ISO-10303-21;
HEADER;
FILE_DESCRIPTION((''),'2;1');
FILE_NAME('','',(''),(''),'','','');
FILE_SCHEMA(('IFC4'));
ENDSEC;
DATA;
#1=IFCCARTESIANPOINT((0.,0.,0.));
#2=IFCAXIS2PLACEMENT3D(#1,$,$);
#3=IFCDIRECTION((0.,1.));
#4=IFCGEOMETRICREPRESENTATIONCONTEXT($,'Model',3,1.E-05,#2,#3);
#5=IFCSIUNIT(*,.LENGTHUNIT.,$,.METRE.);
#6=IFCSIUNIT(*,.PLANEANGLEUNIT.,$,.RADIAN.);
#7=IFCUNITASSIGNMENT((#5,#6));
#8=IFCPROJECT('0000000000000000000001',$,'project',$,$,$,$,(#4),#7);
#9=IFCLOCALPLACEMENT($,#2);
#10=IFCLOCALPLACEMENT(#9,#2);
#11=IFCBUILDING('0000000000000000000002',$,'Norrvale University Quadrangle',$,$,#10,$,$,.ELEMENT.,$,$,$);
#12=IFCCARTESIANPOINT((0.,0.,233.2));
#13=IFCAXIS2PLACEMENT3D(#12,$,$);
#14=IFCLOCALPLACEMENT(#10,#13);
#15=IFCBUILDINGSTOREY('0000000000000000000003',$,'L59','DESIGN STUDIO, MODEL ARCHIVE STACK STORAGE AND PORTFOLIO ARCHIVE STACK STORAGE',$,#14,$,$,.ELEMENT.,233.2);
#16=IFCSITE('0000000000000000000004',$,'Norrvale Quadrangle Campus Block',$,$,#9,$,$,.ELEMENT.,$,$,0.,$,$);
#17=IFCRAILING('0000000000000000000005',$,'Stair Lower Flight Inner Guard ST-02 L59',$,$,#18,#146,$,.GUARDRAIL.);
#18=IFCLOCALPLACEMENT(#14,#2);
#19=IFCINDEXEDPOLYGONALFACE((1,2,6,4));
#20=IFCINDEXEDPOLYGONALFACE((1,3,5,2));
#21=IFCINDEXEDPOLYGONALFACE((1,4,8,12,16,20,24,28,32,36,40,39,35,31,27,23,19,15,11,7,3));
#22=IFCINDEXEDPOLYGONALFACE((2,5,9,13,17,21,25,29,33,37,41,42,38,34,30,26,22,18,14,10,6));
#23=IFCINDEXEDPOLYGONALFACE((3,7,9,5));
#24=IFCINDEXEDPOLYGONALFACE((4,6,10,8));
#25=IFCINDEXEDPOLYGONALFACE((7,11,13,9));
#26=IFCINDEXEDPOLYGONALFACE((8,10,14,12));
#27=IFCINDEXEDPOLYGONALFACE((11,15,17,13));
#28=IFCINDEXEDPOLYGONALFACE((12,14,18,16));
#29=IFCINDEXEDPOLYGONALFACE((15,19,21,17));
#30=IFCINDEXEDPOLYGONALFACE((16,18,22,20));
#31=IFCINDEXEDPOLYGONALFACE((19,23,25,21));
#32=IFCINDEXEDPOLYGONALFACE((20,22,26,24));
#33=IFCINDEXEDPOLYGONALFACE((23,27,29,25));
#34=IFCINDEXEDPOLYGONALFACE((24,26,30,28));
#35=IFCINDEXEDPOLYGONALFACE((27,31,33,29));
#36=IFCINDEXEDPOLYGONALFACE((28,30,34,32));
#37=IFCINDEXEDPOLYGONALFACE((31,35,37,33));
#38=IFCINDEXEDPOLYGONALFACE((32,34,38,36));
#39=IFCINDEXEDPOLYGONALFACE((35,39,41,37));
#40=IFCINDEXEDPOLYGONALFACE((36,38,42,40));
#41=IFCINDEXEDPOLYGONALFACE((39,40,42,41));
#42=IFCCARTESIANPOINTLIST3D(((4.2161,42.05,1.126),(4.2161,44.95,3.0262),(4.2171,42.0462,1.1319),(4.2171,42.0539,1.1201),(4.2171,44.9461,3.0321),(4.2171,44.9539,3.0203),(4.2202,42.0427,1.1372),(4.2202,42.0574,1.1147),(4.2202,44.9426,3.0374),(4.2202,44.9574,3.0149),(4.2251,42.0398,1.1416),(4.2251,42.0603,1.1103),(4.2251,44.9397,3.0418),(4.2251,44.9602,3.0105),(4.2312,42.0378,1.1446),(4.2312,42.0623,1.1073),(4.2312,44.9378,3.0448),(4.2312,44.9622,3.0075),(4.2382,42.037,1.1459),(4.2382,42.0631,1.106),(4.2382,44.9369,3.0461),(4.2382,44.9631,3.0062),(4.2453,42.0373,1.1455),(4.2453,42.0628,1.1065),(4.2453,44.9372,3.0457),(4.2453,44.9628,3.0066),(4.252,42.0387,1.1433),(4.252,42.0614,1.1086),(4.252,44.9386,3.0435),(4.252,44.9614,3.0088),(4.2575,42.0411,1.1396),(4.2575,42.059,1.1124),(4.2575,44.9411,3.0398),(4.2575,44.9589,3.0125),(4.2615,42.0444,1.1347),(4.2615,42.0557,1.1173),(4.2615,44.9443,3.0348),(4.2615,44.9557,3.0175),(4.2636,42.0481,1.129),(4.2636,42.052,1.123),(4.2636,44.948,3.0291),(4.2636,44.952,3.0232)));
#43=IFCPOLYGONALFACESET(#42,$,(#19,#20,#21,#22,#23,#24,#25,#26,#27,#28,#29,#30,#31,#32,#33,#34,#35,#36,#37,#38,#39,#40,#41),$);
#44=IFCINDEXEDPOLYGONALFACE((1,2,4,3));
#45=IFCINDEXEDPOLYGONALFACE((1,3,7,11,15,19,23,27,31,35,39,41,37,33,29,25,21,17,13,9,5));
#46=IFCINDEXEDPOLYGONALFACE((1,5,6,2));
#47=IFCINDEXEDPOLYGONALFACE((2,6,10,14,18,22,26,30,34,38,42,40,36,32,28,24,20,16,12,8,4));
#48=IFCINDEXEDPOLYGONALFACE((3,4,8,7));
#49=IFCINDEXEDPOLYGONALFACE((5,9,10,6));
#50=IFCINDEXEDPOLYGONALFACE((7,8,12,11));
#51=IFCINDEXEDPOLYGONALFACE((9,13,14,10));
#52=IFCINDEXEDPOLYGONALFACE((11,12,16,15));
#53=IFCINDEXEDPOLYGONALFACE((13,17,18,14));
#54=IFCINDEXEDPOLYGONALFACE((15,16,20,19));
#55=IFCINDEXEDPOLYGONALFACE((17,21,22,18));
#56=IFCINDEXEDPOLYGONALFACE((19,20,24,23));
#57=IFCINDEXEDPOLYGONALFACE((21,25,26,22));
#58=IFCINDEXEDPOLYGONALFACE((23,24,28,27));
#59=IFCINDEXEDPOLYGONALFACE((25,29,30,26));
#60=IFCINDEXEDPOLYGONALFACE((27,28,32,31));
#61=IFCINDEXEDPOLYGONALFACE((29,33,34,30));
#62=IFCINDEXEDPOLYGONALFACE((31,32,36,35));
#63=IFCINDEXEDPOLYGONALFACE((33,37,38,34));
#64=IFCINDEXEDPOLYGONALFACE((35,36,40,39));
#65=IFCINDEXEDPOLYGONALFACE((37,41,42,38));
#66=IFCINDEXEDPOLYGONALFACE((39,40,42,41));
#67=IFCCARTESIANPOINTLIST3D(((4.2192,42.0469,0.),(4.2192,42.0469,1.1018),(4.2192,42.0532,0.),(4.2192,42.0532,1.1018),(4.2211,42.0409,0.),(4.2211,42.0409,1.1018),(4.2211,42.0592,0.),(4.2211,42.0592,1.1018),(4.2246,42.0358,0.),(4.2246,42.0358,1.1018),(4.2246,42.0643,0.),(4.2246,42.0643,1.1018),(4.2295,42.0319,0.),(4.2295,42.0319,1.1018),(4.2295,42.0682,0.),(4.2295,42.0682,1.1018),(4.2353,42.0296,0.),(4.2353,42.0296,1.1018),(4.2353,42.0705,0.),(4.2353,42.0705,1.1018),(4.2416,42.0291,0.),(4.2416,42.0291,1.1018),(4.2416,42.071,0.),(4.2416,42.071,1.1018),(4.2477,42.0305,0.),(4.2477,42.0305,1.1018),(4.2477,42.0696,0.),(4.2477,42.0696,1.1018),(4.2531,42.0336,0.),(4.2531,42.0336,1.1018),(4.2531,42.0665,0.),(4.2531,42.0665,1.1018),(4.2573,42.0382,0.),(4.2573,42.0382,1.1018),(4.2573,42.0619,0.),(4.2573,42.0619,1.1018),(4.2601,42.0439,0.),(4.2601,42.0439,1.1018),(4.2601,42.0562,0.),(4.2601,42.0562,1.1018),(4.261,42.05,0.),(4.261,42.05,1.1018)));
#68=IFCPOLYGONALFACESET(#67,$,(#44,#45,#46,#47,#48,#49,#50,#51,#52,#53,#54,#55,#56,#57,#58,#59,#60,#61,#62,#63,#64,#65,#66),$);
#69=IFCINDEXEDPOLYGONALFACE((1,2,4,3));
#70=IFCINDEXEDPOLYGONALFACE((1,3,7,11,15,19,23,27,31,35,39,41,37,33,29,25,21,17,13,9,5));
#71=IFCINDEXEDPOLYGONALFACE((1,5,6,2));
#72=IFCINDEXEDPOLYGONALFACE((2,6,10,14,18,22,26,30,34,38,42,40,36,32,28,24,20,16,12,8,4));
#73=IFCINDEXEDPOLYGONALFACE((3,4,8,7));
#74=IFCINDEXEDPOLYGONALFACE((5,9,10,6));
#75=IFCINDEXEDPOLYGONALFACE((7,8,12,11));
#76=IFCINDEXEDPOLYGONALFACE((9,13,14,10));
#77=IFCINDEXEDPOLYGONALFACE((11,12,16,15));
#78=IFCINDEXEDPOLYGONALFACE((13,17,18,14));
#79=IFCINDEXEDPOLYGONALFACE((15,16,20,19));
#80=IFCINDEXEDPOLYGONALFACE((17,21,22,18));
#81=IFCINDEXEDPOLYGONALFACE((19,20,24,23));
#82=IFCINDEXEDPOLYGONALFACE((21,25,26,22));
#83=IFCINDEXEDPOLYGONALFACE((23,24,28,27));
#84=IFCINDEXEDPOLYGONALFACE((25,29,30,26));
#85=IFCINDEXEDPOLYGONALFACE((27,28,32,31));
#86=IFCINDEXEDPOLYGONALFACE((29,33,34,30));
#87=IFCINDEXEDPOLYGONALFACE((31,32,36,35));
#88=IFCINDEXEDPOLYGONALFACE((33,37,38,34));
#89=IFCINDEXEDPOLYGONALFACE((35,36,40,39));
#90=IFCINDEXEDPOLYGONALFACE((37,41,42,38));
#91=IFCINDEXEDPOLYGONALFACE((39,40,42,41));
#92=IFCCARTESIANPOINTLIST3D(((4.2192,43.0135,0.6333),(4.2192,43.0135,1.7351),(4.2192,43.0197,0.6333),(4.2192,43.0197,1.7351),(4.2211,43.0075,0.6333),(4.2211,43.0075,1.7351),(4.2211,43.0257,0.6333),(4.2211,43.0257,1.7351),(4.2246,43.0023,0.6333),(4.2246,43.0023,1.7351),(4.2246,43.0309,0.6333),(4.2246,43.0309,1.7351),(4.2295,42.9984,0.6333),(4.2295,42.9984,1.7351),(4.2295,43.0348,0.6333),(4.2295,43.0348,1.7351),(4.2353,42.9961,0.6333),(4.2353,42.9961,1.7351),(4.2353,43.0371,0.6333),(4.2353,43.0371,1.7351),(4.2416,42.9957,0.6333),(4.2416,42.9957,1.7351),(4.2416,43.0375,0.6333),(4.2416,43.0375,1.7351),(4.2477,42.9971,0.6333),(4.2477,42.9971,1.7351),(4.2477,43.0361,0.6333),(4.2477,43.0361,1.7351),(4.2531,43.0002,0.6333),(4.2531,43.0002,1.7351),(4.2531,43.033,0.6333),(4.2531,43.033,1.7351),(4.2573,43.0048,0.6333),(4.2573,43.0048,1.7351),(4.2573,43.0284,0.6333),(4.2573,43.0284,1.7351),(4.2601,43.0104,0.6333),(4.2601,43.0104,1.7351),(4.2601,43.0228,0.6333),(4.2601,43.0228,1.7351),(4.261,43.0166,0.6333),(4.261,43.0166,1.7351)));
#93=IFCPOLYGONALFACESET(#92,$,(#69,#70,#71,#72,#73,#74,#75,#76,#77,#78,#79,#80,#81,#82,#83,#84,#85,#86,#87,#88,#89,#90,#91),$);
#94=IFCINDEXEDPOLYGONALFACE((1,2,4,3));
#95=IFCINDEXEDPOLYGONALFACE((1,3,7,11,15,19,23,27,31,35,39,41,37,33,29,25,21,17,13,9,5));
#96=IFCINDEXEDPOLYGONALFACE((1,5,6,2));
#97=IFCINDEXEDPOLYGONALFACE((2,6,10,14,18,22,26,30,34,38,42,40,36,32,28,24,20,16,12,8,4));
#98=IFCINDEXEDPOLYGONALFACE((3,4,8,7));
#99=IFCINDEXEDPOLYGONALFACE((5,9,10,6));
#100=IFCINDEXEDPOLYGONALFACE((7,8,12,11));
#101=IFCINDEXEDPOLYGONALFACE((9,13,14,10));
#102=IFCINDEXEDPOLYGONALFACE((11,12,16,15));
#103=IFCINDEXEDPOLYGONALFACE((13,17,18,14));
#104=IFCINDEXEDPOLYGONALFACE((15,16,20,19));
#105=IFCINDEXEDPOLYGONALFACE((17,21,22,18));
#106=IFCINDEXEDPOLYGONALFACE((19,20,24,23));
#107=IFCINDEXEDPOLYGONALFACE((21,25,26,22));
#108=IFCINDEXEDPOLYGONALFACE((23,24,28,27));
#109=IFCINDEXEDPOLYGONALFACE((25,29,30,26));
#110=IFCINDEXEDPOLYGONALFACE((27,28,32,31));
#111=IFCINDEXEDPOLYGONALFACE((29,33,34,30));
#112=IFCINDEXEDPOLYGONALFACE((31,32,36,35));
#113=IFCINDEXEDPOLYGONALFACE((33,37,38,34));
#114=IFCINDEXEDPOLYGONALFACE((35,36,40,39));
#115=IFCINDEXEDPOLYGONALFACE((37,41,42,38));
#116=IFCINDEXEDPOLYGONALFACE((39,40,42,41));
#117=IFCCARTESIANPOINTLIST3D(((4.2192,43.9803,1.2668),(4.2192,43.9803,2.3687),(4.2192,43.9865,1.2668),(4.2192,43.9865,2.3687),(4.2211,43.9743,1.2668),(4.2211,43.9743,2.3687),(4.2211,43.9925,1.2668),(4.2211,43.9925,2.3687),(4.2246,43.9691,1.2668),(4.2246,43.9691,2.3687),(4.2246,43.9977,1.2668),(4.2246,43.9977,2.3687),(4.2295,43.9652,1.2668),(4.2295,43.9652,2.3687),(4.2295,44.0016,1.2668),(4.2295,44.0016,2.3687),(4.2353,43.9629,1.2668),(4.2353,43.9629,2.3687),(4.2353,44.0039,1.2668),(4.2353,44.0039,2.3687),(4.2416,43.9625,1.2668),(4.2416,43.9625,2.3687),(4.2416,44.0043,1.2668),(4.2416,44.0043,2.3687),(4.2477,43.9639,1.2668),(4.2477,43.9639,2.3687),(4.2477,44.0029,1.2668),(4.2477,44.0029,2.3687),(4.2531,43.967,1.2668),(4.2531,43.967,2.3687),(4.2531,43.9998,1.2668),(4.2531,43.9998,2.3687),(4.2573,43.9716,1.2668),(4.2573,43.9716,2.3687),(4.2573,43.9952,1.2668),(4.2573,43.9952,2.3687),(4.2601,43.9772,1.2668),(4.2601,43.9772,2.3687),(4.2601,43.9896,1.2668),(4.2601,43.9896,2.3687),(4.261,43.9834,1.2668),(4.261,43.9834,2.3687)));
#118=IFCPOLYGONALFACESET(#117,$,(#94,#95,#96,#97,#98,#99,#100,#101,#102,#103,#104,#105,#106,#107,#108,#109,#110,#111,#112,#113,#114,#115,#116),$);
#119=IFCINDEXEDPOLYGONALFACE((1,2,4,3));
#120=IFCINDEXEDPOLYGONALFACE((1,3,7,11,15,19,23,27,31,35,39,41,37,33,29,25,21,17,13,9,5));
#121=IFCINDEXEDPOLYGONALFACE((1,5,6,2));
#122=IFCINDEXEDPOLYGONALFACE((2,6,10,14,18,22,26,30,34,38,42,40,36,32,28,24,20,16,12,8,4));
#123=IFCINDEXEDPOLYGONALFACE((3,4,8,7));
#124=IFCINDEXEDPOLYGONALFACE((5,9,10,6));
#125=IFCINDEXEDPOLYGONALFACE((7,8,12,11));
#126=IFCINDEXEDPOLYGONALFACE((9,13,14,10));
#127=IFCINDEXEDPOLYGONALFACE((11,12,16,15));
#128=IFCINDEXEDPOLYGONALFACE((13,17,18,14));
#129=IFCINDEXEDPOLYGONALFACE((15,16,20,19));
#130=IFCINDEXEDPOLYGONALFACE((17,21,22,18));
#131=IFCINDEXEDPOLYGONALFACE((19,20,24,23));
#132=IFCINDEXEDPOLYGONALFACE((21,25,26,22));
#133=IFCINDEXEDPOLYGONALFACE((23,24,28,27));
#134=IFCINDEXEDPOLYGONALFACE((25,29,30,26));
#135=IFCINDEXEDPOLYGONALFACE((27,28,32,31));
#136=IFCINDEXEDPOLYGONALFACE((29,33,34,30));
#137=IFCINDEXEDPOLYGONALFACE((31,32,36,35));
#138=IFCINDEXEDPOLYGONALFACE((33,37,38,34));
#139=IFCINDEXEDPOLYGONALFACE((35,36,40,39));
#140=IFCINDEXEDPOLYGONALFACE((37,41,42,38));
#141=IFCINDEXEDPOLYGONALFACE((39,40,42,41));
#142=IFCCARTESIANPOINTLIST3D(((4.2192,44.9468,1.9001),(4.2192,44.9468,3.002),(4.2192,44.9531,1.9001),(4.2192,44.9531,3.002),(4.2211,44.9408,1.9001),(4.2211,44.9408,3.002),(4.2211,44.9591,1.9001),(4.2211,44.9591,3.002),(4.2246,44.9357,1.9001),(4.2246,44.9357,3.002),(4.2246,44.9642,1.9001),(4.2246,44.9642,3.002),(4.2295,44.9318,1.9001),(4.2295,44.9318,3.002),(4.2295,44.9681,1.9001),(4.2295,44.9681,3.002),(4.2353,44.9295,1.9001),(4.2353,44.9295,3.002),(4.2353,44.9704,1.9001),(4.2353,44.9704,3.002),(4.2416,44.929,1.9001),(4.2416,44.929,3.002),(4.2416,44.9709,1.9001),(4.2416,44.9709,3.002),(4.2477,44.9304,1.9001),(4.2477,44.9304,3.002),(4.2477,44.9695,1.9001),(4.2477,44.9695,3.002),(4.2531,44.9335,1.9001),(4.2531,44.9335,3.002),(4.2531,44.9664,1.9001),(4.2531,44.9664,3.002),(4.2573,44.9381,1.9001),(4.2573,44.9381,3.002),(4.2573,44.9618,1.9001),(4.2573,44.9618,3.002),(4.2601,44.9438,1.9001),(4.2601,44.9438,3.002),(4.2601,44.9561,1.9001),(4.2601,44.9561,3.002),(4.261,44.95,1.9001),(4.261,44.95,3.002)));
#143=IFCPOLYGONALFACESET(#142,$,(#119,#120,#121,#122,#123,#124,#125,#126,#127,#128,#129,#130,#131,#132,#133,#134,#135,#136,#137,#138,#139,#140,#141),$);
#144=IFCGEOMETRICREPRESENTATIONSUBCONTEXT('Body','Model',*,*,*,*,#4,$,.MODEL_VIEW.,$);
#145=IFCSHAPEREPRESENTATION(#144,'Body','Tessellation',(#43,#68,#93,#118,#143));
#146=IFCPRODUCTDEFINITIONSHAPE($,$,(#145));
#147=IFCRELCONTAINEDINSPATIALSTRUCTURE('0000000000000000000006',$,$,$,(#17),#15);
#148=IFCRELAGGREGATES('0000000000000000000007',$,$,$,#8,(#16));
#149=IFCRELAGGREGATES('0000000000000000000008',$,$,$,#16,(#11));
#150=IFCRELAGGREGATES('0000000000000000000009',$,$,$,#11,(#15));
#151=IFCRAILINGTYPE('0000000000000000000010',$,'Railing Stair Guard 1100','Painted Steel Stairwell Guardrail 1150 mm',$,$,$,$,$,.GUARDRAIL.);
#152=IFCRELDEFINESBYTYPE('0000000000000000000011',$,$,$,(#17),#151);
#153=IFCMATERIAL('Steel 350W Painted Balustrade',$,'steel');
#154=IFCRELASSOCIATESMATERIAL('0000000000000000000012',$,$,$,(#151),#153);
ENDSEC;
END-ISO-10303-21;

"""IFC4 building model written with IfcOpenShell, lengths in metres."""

from ifc_helpers import new_model, si_unit, direction, frame, origin, origin_2d, place, context, subcontext, project, spatial, circle, extrude, material, type_object, element, save


model = new_model("IFC4")

# Units and contexts
model_context = context("Model", 3, precision=1e-05, world=origin(), true_north=direction((0.0, 1.0)))
body_context = subcontext(model_context, "Body", "Model", "MODEL_VIEW")
ifc_project = project(units=[si_unit("LENGTHUNIT", "METRE"), si_unit("PLANEANGLEUNIT", "RADIAN")], contexts=[model_context])

# Site, building, storey
site_placement = place(None, origin())
site = spatial("IfcSite", under=ifc_project, at=site_placement, Name="Norrvale Quadrangle Campus Block", CompositionType="ELEMENT", RefElevation=0.0)
building_placement = place(site_placement, origin())
building = spatial("IfcBuilding", under=site, at=building_placement, Name="Norrvale University Quadrangle", CompositionType="ELEMENT")
storey_placement = place(building_placement, frame((0.0, 0.0, 233.2)))
storey = spatial("IfcBuildingStorey", under=building, at=storey_placement, Name="L59", Description="DESIGN STUDIO, MODEL ARCHIVE STACK STORAGE AND PORTFOLIO ARCHIVE STACK STORAGE", CompositionType="ELEMENT", Elevation=233.2)

# Railing
ifc_material_1 = material(Name="Steel 350W Painted Balustrade", Category="steel")
railing_type_1 = type_object("IfcRailingType", Name="Railing Stair Guard 1100", Description="Painted Steel Stairwell Guardrail 1150 mm", PredefinedType="GUARDRAIL", material=ifc_material_1)
railing_1_placement = place(storey_placement, frame((4.24, 42.05, 0.0)))
element("IfcRailing", 1, at=railing_1_placement, inside=storey, type_object=railing_type_1, Name="Stair Lower Flight Inner Guard ST-02 L59", PredefinedType="GUARDRAIL", context=body_context, shape_type="SweptSolid", body=[
    extrude(circle(Radius=0.0239, at=origin_2d()), frame((0.0, 0.0, 1.126), z_axis=(0.0, 0.836433, 0.548069), x_axis=(-1.0, 0.0, 0.0)), (0.0, 0.0, 1.0), 3.467),
    extrude(circle(Radius=0.021, at=origin_2d()), origin(), (0.0, 0.0, 1.0), 1.1018),
    extrude(circle(Radius=0.021, at=origin_2d()), frame((0.0, 0.9666, 0.6333)), (0.0, 0.0, 1.0), 1.1018),
    extrude(circle(Radius=0.021, at=origin_2d()), frame((0.0, 1.9333, 1.2668)), (0.0, 0.0, 1.0), 1.1018),
    extrude(circle(Radius=0.021, at=origin_2d()), frame((0.0, 2.8999, 1.9001)), (0.0, 0.0, 1.0), 1.1018),
])

save(model, "model.ifc")
